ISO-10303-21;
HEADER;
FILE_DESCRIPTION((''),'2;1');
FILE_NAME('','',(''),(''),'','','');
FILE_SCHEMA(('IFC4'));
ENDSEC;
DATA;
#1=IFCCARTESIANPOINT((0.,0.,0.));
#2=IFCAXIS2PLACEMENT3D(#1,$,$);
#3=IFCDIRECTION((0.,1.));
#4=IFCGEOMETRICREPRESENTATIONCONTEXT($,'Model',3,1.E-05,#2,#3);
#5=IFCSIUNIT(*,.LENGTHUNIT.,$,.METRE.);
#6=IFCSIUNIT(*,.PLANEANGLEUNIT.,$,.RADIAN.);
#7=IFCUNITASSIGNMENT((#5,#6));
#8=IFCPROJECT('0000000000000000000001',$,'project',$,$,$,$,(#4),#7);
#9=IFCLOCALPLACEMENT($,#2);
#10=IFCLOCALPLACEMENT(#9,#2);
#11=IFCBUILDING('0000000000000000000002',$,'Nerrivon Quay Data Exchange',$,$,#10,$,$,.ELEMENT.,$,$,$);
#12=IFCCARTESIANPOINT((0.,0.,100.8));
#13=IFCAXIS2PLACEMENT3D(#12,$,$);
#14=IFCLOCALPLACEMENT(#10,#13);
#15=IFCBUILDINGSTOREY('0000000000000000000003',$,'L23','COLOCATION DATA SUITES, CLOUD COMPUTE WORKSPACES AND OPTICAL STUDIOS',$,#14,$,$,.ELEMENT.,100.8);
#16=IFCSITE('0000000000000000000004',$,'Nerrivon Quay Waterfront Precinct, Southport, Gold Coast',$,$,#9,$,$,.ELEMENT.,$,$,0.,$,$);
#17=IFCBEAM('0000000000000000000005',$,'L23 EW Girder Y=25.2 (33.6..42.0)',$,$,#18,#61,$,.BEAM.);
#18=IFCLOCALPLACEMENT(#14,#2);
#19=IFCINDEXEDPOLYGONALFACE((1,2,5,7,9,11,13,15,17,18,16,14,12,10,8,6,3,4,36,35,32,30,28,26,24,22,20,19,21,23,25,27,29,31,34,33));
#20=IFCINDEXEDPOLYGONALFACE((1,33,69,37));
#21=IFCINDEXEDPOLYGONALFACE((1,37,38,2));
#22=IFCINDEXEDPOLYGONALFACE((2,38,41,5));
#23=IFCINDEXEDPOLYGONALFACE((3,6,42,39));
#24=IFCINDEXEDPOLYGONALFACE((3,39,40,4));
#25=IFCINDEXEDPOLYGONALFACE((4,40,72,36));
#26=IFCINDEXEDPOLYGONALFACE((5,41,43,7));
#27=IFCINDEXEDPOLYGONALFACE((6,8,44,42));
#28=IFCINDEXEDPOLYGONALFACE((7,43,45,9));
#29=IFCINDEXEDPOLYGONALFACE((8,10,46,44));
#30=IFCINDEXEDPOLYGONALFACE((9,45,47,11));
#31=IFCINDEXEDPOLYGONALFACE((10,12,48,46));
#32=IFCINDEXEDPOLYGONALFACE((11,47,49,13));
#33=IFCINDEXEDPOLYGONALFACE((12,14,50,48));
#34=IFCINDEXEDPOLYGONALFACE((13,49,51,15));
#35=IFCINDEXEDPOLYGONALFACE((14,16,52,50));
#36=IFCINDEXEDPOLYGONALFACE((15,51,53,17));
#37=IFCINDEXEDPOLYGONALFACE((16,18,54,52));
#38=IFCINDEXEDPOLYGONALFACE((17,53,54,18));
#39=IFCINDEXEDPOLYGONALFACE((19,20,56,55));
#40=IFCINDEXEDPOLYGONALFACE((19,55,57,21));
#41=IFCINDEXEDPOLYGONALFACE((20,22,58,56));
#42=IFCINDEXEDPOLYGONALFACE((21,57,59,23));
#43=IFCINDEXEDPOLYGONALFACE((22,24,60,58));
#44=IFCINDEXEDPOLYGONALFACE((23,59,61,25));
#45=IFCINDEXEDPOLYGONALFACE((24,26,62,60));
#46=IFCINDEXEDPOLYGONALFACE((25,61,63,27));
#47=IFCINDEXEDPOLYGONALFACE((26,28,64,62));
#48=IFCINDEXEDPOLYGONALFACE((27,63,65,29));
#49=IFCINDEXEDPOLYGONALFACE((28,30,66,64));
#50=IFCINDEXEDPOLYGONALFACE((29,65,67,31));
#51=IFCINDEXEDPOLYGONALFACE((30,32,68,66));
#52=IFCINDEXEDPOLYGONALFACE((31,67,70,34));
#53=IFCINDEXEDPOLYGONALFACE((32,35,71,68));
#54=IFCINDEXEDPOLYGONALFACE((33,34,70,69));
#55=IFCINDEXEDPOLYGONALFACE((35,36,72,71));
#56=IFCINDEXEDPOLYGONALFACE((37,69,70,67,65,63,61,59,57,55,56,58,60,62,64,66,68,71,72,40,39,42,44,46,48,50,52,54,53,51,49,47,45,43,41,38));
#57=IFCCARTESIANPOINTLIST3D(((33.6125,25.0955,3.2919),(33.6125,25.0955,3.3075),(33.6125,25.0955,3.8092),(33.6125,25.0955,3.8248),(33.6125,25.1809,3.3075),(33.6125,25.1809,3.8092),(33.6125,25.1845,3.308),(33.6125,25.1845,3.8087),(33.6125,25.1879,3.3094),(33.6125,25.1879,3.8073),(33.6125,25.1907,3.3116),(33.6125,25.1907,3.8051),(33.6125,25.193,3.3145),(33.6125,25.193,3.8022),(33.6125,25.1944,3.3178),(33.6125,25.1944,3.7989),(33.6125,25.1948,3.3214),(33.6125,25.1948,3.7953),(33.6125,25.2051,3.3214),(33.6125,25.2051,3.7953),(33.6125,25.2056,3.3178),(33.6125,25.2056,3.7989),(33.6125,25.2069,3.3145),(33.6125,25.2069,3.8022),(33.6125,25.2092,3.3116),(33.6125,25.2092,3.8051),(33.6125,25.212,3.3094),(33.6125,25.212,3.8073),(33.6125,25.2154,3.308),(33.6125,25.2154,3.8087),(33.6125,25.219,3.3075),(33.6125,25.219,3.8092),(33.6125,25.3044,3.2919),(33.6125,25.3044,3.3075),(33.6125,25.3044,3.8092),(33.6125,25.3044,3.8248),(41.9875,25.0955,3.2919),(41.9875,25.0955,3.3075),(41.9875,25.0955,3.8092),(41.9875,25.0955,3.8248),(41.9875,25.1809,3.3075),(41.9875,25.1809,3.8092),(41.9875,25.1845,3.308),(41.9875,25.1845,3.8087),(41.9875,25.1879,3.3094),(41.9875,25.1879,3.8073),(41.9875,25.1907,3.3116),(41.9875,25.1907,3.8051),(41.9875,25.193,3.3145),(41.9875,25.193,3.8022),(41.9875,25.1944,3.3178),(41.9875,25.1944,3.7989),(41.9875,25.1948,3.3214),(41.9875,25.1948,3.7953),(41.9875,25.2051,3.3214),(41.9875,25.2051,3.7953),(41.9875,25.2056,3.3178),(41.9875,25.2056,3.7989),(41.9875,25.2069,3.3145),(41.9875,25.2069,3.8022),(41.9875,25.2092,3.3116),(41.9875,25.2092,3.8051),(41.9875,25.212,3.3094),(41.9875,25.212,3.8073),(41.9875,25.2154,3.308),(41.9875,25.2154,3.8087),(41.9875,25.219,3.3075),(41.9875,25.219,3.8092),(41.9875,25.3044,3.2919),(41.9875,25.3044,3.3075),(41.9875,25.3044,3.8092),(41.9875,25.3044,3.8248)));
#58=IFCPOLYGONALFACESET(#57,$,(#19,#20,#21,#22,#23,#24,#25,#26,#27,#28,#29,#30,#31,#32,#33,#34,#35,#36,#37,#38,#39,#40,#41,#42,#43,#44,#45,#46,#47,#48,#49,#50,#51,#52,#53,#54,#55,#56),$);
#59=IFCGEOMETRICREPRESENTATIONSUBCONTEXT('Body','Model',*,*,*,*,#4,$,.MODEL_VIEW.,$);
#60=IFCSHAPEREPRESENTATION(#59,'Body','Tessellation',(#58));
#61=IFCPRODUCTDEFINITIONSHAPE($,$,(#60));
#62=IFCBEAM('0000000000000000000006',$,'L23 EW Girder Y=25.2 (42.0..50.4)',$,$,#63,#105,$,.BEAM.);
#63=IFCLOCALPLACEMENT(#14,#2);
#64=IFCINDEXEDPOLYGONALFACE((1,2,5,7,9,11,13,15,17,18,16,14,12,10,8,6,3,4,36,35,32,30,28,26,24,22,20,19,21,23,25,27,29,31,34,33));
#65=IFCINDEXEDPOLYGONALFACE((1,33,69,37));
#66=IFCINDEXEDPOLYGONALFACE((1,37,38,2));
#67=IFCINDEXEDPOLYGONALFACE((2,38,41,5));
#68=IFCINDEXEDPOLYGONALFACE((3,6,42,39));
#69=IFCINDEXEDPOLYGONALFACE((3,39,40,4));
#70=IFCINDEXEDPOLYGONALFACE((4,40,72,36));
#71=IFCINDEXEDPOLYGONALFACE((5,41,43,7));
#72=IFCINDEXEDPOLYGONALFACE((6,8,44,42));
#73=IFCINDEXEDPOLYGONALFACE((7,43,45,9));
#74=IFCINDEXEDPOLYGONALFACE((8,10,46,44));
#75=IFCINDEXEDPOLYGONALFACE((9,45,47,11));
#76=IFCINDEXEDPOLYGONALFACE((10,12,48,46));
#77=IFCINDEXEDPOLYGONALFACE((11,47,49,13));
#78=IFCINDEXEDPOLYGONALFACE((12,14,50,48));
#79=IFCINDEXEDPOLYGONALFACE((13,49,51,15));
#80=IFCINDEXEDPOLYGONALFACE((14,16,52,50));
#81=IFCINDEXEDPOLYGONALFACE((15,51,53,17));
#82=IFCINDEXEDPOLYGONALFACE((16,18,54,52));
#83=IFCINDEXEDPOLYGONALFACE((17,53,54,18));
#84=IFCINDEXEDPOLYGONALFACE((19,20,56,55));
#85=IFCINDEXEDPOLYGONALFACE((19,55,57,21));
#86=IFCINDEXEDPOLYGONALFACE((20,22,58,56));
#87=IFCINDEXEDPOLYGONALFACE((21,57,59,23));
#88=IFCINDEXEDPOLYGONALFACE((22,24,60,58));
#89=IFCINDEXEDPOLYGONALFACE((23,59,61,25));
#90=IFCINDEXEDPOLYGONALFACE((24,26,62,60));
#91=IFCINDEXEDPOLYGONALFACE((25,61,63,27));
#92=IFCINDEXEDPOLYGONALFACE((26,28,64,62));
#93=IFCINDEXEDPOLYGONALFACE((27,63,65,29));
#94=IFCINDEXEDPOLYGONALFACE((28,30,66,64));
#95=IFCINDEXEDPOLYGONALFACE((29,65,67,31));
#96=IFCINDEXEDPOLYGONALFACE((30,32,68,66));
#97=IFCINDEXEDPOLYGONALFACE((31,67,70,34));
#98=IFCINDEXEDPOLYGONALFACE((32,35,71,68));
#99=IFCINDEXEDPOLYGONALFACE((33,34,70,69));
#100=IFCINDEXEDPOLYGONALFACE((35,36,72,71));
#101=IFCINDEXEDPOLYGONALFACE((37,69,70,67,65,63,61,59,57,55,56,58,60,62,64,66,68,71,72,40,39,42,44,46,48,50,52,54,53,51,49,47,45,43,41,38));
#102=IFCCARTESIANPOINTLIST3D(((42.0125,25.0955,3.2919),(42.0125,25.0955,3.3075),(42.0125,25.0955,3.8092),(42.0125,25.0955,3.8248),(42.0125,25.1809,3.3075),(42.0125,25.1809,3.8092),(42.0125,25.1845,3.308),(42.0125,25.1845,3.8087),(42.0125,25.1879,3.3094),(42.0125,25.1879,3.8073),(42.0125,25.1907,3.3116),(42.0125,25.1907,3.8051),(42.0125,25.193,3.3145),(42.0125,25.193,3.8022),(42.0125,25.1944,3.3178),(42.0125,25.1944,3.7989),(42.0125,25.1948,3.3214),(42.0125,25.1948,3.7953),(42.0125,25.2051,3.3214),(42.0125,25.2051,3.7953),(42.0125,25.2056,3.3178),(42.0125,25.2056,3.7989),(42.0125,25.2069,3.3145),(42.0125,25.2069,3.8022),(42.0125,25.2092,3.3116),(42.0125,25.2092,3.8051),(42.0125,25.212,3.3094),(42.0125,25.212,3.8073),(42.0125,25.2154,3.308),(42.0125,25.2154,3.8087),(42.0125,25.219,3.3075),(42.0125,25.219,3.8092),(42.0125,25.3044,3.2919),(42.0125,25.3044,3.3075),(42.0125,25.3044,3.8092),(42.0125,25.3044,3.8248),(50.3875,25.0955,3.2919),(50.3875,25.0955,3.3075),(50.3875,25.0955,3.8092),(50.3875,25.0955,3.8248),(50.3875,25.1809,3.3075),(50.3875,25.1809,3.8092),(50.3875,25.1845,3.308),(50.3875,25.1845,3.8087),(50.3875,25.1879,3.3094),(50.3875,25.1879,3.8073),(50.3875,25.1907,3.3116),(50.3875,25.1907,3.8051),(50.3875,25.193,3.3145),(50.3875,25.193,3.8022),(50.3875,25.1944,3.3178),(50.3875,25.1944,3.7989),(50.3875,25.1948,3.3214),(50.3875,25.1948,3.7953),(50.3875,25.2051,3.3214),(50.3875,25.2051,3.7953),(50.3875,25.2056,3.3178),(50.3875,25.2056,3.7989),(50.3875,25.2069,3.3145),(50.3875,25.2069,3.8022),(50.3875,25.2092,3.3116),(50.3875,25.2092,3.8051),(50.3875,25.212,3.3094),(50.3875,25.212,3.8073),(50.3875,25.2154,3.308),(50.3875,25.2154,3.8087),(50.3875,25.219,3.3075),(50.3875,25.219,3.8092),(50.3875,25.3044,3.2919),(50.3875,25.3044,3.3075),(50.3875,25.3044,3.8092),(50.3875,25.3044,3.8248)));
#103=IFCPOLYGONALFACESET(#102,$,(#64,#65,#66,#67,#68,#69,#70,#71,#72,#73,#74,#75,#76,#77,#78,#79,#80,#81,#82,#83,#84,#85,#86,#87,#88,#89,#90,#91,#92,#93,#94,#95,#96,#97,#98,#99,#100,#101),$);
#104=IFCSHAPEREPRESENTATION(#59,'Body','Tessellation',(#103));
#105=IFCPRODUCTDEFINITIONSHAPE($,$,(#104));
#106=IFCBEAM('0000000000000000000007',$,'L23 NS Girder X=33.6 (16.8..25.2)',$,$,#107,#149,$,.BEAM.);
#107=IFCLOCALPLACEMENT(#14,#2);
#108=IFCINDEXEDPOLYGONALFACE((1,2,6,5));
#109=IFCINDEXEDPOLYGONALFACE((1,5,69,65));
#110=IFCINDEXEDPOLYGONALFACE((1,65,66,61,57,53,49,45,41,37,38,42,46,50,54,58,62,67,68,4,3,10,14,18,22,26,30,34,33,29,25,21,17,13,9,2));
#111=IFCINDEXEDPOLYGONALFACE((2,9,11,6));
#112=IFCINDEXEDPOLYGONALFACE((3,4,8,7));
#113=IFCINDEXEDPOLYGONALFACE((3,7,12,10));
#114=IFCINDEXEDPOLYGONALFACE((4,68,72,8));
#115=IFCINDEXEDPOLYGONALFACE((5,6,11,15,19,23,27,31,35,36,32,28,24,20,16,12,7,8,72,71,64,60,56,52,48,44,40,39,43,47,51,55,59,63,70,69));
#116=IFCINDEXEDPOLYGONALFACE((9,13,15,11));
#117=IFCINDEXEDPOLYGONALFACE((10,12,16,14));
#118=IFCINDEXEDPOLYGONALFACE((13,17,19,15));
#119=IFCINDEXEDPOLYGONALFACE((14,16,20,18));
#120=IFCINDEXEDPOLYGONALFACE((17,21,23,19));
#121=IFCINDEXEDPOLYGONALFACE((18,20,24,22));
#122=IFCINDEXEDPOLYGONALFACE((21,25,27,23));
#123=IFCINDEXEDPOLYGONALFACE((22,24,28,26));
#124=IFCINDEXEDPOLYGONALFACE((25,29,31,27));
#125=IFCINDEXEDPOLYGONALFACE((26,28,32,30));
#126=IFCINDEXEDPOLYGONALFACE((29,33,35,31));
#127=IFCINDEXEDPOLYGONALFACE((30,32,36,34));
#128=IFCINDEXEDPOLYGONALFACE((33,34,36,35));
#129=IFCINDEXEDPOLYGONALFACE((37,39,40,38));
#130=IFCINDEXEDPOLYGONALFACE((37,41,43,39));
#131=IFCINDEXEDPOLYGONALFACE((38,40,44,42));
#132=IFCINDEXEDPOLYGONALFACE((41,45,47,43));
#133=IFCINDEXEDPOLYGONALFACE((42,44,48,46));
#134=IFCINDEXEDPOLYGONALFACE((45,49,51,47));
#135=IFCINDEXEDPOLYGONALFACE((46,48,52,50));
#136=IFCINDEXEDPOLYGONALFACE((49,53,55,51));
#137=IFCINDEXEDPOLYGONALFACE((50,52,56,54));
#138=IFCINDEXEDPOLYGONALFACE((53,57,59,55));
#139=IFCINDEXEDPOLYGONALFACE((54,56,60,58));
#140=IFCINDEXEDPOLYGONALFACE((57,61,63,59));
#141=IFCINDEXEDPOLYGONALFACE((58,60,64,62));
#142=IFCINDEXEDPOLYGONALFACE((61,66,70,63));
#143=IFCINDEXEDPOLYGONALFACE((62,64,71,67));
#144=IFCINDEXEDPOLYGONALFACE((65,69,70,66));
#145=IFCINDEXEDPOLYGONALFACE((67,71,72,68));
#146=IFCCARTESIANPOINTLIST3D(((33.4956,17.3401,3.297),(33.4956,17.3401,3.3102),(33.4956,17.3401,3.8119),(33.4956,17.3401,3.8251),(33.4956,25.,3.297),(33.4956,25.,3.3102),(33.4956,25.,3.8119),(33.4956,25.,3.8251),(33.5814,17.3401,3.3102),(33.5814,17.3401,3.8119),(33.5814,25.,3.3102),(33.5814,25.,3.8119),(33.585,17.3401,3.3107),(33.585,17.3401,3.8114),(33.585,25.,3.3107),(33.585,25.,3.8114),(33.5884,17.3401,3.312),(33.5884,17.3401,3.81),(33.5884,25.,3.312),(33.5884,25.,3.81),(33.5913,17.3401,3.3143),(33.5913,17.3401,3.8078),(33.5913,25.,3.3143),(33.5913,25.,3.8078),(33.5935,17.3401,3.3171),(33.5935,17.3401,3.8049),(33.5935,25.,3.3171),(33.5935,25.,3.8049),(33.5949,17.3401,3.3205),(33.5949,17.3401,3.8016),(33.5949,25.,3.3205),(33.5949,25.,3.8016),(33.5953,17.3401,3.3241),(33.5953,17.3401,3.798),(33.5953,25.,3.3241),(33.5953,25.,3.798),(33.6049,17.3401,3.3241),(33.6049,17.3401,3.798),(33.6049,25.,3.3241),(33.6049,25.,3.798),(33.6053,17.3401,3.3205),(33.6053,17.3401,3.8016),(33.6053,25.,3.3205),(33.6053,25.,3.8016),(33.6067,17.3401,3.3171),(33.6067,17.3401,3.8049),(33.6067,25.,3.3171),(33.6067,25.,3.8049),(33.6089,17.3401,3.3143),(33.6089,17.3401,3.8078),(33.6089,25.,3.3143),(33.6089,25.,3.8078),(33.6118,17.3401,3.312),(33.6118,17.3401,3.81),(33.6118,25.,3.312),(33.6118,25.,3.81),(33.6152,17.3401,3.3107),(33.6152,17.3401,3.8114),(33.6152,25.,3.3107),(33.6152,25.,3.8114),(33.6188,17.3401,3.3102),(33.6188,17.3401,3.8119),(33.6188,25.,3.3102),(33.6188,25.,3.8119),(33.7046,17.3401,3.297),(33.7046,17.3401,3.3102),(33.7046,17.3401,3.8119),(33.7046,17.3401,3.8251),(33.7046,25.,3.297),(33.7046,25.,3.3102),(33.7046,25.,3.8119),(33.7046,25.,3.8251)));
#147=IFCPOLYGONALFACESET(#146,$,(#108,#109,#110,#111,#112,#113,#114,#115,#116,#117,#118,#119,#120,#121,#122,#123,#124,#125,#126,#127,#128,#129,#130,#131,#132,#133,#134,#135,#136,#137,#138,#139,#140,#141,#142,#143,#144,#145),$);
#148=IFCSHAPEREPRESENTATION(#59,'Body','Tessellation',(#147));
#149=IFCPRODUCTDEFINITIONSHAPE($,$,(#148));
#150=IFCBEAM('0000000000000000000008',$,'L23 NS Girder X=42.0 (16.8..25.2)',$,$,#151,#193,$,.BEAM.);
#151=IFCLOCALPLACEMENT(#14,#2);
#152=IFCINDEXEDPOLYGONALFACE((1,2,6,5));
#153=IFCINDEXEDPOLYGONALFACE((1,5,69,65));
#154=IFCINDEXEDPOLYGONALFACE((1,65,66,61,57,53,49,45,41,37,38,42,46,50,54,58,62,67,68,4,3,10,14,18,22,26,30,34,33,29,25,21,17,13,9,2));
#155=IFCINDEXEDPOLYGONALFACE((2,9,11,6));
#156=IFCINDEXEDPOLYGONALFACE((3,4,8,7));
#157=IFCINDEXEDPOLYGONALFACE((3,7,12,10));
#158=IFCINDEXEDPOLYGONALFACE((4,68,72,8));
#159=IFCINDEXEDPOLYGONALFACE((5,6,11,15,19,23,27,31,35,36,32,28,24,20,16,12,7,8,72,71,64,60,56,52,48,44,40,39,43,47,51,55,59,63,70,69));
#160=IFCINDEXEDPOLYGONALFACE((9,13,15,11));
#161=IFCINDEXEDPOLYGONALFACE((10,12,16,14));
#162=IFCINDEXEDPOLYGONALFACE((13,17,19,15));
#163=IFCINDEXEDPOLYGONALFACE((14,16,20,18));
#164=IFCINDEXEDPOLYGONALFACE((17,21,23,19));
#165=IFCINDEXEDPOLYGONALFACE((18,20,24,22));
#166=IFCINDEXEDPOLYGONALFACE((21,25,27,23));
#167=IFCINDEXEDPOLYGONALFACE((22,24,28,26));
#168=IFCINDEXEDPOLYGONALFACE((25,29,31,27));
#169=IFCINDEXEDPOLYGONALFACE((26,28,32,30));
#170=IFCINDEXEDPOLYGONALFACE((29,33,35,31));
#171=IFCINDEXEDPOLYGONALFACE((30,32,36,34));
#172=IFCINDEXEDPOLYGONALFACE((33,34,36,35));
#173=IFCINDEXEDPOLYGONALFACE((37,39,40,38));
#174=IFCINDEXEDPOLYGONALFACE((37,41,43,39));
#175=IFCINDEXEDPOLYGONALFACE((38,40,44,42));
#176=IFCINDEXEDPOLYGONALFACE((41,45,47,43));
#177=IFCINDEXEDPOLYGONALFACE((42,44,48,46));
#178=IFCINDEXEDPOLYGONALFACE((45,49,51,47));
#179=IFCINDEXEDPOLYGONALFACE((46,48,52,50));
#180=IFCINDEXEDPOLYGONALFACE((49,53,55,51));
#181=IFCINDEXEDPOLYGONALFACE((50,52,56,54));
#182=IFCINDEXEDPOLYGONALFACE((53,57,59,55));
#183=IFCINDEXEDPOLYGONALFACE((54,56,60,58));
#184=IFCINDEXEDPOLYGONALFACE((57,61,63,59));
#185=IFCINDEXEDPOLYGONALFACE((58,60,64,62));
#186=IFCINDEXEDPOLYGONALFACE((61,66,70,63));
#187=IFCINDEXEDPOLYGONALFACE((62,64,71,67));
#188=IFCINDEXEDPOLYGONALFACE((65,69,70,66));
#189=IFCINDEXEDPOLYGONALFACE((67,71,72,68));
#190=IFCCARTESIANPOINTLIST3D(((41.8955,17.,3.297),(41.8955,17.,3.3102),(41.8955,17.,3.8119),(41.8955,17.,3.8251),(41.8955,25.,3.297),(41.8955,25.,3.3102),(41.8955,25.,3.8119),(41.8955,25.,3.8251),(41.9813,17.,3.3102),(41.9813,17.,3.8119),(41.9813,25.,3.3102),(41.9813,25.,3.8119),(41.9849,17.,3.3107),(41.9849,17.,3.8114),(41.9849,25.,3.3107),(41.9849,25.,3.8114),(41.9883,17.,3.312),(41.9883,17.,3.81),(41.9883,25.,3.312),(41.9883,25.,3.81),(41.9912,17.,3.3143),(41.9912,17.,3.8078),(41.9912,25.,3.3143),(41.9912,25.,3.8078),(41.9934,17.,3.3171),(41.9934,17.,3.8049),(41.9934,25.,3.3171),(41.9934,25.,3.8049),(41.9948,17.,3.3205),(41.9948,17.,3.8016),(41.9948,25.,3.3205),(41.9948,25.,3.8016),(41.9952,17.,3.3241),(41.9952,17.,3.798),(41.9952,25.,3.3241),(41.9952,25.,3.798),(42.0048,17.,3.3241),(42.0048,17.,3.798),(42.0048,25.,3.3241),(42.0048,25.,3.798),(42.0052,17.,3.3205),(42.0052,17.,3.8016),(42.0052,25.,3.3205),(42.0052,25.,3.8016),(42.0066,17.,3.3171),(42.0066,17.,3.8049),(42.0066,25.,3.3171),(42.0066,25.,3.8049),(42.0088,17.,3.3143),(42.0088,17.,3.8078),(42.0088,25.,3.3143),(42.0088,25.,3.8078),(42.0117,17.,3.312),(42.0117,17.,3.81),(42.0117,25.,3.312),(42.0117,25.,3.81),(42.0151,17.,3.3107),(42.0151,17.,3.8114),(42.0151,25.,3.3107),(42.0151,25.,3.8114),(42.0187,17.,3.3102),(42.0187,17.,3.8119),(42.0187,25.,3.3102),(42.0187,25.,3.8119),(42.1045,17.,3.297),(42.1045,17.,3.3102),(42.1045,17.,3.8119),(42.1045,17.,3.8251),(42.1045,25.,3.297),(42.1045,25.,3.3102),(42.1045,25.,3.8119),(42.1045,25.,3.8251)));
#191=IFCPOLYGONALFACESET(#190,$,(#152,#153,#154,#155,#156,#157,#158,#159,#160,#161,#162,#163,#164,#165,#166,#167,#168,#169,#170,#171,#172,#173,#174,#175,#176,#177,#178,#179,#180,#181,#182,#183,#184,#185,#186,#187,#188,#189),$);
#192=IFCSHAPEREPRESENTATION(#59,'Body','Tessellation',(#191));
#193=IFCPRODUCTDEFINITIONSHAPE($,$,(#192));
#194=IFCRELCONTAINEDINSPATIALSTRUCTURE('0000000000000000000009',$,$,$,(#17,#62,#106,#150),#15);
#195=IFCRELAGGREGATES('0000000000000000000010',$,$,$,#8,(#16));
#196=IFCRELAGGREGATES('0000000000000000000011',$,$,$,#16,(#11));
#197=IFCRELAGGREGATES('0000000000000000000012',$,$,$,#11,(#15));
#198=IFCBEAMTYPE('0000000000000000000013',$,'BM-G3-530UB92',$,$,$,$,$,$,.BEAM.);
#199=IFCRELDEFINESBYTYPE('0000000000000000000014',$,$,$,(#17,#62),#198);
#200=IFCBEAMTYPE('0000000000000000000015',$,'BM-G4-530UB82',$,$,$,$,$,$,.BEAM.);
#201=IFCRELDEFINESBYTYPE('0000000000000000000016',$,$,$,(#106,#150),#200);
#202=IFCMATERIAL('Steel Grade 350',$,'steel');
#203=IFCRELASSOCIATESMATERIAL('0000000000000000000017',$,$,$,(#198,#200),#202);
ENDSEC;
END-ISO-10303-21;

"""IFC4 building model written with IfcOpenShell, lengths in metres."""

from ifc_helpers import new_model, si_unit, direction, frame, origin, origin_2d, place, context, subcontext, project, spatial, i_section, extrude, material, material_profile, profile_set, type_object, element, save


model = new_model("IFC4")

# Units and contexts
model_context = context("Model", 3, precision=1e-05, world=origin(), true_north=direction((0.0, 1.0)))
body_context = subcontext(model_context, "Body", "Model", "MODEL_VIEW")
ifc_project = project(units=[si_unit("LENGTHUNIT", "METRE"), si_unit("PLANEANGLEUNIT", "RADIAN")], contexts=[model_context])

# Site, building, storey
site_placement = place(None, origin())
site = spatial("IfcSite", under=ifc_project, at=site_placement, Name="Nerrivon Quay Waterfront Precinct, Southport, Gold Coast", CompositionType="ELEMENT", RefElevation=0.0)
building_placement = place(site_placement, origin())
building = spatial("IfcBuilding", under=site, at=building_placement, Name="Nerrivon Quay Data Exchange", CompositionType="ELEMENT")
storey_placement = place(building_placement, frame((0.0, 0.0, 100.8)))
storey = spatial("IfcBuildingStorey", under=building, at=storey_placement, Name="L23", Description="COLOCATION DATA SUITES, CLOUD COMPUTE WORKSPACES AND OPTICAL STUDIOS", CompositionType="ELEMENT", Elevation=100.8)

# Shared definitions
ifc_material_1 = material(Name="Steel Grade 350", Category="steel")

# Beams
ifc_material_profile_1 = material_profile(ifc_material_1, i_section(OverallWidth=0.209, OverallDepth=0.533, WebThickness=0.0103, FlangeThickness=0.0156, FilletRadius=0.0139, at=origin_2d()), Name="530UB92.4")
ifc_profile_set_1 = profile_set([ifc_material_profile_1], Name="Steel Grade 350")
beam_type_1 = type_object("IfcBeamType", Name="BM-G3-530UB92", PredefinedType="BEAM", material=ifc_profile_set_1)
for number, where, z_axis, x_axis, name in (
    (1, (33.6125, 25.2, 3.5583), (1.0, 0.0, 0.0), (0.0, 1.0, 0.0), "L23 EW Girder Y=25.2 (33.6..42.0)"),
    (2, (42.0125, 25.2, 3.5583), (1.0, 0.0, 0.0), (0.0, 1.0, 0.0), "L23 EW Girder Y=25.2 (42.0..50.4)"),
):
    element("IfcBeam", number, at=place(storey_placement, frame(where, z_axis=z_axis, x_axis=x_axis)), inside=storey, type_object=beam_type_1, Name=name, PredefinedType="BEAM", context=body_context, shape_type="SweptSolid", body=[
        extrude(i_section(OverallWidth=0.209, OverallDepth=0.533, WebThickness=0.0103, FlangeThickness=0.0156, FilletRadius=0.0139, at=origin_2d()), origin(), (0.0, 0.0, 1.0), 8.375),
    ])
ifc_material_profile_2 = material_profile(ifc_material_1, i_section(OverallWidth=0.209, OverallDepth=0.5281, WebThickness=0.0095, FlangeThickness=0.0132, FilletRadius=0.0139, at=origin_2d()), Name="530UB82.0")
ifc_profile_set_2 = profile_set([ifc_material_profile_2], Name="Steel Grade 350")
beam_type_2 = type_object("IfcBeamType", Name="BM-G4-530UB82", PredefinedType="BEAM", material=ifc_profile_set_2)
beam_1_placement = place(storey_placement, frame((33.6001, 17.3401, 3.561), z_axis=(0.0, 1.0, 0.0), x_axis=(-1.0, 0.0, 0.0)))
element("IfcBeam", 3, at=beam_1_placement, inside=storey, type_object=beam_type_2, Name="L23 NS Girder X=33.6 (16.8..25.2)", PredefinedType="BEAM", context=body_context, shape_type="SweptSolid", body=[
    extrude(i_section(OverallWidth=0.209, OverallDepth=0.5281, WebThickness=0.0095, FlangeThickness=0.0132, FilletRadius=0.0139, at=origin_2d()), origin(), (0.0, 0.0, 1.0), 7.6599),
])
beam_2_placement = place(storey_placement, frame((42.0, 17.0, 3.561), z_axis=(0.0, 1.0, 0.0), x_axis=(-1.0, 0.0, 0.0)))
element("IfcBeam", 4, at=beam_2_placement, inside=storey, type_object=beam_type_2, Name="L23 NS Girder X=42.0 (16.8..25.2)", PredefinedType="BEAM", context=body_context, shape_type="SweptSolid", body=[
    extrude(i_section(OverallWidth=0.209, OverallDepth=0.5281, WebThickness=0.0095, FlangeThickness=0.0132, FilletRadius=0.0139, at=origin_2d()), origin(), (0.0, 0.0, 1.0), 8.0),
])

save(model, "model.ifc")
